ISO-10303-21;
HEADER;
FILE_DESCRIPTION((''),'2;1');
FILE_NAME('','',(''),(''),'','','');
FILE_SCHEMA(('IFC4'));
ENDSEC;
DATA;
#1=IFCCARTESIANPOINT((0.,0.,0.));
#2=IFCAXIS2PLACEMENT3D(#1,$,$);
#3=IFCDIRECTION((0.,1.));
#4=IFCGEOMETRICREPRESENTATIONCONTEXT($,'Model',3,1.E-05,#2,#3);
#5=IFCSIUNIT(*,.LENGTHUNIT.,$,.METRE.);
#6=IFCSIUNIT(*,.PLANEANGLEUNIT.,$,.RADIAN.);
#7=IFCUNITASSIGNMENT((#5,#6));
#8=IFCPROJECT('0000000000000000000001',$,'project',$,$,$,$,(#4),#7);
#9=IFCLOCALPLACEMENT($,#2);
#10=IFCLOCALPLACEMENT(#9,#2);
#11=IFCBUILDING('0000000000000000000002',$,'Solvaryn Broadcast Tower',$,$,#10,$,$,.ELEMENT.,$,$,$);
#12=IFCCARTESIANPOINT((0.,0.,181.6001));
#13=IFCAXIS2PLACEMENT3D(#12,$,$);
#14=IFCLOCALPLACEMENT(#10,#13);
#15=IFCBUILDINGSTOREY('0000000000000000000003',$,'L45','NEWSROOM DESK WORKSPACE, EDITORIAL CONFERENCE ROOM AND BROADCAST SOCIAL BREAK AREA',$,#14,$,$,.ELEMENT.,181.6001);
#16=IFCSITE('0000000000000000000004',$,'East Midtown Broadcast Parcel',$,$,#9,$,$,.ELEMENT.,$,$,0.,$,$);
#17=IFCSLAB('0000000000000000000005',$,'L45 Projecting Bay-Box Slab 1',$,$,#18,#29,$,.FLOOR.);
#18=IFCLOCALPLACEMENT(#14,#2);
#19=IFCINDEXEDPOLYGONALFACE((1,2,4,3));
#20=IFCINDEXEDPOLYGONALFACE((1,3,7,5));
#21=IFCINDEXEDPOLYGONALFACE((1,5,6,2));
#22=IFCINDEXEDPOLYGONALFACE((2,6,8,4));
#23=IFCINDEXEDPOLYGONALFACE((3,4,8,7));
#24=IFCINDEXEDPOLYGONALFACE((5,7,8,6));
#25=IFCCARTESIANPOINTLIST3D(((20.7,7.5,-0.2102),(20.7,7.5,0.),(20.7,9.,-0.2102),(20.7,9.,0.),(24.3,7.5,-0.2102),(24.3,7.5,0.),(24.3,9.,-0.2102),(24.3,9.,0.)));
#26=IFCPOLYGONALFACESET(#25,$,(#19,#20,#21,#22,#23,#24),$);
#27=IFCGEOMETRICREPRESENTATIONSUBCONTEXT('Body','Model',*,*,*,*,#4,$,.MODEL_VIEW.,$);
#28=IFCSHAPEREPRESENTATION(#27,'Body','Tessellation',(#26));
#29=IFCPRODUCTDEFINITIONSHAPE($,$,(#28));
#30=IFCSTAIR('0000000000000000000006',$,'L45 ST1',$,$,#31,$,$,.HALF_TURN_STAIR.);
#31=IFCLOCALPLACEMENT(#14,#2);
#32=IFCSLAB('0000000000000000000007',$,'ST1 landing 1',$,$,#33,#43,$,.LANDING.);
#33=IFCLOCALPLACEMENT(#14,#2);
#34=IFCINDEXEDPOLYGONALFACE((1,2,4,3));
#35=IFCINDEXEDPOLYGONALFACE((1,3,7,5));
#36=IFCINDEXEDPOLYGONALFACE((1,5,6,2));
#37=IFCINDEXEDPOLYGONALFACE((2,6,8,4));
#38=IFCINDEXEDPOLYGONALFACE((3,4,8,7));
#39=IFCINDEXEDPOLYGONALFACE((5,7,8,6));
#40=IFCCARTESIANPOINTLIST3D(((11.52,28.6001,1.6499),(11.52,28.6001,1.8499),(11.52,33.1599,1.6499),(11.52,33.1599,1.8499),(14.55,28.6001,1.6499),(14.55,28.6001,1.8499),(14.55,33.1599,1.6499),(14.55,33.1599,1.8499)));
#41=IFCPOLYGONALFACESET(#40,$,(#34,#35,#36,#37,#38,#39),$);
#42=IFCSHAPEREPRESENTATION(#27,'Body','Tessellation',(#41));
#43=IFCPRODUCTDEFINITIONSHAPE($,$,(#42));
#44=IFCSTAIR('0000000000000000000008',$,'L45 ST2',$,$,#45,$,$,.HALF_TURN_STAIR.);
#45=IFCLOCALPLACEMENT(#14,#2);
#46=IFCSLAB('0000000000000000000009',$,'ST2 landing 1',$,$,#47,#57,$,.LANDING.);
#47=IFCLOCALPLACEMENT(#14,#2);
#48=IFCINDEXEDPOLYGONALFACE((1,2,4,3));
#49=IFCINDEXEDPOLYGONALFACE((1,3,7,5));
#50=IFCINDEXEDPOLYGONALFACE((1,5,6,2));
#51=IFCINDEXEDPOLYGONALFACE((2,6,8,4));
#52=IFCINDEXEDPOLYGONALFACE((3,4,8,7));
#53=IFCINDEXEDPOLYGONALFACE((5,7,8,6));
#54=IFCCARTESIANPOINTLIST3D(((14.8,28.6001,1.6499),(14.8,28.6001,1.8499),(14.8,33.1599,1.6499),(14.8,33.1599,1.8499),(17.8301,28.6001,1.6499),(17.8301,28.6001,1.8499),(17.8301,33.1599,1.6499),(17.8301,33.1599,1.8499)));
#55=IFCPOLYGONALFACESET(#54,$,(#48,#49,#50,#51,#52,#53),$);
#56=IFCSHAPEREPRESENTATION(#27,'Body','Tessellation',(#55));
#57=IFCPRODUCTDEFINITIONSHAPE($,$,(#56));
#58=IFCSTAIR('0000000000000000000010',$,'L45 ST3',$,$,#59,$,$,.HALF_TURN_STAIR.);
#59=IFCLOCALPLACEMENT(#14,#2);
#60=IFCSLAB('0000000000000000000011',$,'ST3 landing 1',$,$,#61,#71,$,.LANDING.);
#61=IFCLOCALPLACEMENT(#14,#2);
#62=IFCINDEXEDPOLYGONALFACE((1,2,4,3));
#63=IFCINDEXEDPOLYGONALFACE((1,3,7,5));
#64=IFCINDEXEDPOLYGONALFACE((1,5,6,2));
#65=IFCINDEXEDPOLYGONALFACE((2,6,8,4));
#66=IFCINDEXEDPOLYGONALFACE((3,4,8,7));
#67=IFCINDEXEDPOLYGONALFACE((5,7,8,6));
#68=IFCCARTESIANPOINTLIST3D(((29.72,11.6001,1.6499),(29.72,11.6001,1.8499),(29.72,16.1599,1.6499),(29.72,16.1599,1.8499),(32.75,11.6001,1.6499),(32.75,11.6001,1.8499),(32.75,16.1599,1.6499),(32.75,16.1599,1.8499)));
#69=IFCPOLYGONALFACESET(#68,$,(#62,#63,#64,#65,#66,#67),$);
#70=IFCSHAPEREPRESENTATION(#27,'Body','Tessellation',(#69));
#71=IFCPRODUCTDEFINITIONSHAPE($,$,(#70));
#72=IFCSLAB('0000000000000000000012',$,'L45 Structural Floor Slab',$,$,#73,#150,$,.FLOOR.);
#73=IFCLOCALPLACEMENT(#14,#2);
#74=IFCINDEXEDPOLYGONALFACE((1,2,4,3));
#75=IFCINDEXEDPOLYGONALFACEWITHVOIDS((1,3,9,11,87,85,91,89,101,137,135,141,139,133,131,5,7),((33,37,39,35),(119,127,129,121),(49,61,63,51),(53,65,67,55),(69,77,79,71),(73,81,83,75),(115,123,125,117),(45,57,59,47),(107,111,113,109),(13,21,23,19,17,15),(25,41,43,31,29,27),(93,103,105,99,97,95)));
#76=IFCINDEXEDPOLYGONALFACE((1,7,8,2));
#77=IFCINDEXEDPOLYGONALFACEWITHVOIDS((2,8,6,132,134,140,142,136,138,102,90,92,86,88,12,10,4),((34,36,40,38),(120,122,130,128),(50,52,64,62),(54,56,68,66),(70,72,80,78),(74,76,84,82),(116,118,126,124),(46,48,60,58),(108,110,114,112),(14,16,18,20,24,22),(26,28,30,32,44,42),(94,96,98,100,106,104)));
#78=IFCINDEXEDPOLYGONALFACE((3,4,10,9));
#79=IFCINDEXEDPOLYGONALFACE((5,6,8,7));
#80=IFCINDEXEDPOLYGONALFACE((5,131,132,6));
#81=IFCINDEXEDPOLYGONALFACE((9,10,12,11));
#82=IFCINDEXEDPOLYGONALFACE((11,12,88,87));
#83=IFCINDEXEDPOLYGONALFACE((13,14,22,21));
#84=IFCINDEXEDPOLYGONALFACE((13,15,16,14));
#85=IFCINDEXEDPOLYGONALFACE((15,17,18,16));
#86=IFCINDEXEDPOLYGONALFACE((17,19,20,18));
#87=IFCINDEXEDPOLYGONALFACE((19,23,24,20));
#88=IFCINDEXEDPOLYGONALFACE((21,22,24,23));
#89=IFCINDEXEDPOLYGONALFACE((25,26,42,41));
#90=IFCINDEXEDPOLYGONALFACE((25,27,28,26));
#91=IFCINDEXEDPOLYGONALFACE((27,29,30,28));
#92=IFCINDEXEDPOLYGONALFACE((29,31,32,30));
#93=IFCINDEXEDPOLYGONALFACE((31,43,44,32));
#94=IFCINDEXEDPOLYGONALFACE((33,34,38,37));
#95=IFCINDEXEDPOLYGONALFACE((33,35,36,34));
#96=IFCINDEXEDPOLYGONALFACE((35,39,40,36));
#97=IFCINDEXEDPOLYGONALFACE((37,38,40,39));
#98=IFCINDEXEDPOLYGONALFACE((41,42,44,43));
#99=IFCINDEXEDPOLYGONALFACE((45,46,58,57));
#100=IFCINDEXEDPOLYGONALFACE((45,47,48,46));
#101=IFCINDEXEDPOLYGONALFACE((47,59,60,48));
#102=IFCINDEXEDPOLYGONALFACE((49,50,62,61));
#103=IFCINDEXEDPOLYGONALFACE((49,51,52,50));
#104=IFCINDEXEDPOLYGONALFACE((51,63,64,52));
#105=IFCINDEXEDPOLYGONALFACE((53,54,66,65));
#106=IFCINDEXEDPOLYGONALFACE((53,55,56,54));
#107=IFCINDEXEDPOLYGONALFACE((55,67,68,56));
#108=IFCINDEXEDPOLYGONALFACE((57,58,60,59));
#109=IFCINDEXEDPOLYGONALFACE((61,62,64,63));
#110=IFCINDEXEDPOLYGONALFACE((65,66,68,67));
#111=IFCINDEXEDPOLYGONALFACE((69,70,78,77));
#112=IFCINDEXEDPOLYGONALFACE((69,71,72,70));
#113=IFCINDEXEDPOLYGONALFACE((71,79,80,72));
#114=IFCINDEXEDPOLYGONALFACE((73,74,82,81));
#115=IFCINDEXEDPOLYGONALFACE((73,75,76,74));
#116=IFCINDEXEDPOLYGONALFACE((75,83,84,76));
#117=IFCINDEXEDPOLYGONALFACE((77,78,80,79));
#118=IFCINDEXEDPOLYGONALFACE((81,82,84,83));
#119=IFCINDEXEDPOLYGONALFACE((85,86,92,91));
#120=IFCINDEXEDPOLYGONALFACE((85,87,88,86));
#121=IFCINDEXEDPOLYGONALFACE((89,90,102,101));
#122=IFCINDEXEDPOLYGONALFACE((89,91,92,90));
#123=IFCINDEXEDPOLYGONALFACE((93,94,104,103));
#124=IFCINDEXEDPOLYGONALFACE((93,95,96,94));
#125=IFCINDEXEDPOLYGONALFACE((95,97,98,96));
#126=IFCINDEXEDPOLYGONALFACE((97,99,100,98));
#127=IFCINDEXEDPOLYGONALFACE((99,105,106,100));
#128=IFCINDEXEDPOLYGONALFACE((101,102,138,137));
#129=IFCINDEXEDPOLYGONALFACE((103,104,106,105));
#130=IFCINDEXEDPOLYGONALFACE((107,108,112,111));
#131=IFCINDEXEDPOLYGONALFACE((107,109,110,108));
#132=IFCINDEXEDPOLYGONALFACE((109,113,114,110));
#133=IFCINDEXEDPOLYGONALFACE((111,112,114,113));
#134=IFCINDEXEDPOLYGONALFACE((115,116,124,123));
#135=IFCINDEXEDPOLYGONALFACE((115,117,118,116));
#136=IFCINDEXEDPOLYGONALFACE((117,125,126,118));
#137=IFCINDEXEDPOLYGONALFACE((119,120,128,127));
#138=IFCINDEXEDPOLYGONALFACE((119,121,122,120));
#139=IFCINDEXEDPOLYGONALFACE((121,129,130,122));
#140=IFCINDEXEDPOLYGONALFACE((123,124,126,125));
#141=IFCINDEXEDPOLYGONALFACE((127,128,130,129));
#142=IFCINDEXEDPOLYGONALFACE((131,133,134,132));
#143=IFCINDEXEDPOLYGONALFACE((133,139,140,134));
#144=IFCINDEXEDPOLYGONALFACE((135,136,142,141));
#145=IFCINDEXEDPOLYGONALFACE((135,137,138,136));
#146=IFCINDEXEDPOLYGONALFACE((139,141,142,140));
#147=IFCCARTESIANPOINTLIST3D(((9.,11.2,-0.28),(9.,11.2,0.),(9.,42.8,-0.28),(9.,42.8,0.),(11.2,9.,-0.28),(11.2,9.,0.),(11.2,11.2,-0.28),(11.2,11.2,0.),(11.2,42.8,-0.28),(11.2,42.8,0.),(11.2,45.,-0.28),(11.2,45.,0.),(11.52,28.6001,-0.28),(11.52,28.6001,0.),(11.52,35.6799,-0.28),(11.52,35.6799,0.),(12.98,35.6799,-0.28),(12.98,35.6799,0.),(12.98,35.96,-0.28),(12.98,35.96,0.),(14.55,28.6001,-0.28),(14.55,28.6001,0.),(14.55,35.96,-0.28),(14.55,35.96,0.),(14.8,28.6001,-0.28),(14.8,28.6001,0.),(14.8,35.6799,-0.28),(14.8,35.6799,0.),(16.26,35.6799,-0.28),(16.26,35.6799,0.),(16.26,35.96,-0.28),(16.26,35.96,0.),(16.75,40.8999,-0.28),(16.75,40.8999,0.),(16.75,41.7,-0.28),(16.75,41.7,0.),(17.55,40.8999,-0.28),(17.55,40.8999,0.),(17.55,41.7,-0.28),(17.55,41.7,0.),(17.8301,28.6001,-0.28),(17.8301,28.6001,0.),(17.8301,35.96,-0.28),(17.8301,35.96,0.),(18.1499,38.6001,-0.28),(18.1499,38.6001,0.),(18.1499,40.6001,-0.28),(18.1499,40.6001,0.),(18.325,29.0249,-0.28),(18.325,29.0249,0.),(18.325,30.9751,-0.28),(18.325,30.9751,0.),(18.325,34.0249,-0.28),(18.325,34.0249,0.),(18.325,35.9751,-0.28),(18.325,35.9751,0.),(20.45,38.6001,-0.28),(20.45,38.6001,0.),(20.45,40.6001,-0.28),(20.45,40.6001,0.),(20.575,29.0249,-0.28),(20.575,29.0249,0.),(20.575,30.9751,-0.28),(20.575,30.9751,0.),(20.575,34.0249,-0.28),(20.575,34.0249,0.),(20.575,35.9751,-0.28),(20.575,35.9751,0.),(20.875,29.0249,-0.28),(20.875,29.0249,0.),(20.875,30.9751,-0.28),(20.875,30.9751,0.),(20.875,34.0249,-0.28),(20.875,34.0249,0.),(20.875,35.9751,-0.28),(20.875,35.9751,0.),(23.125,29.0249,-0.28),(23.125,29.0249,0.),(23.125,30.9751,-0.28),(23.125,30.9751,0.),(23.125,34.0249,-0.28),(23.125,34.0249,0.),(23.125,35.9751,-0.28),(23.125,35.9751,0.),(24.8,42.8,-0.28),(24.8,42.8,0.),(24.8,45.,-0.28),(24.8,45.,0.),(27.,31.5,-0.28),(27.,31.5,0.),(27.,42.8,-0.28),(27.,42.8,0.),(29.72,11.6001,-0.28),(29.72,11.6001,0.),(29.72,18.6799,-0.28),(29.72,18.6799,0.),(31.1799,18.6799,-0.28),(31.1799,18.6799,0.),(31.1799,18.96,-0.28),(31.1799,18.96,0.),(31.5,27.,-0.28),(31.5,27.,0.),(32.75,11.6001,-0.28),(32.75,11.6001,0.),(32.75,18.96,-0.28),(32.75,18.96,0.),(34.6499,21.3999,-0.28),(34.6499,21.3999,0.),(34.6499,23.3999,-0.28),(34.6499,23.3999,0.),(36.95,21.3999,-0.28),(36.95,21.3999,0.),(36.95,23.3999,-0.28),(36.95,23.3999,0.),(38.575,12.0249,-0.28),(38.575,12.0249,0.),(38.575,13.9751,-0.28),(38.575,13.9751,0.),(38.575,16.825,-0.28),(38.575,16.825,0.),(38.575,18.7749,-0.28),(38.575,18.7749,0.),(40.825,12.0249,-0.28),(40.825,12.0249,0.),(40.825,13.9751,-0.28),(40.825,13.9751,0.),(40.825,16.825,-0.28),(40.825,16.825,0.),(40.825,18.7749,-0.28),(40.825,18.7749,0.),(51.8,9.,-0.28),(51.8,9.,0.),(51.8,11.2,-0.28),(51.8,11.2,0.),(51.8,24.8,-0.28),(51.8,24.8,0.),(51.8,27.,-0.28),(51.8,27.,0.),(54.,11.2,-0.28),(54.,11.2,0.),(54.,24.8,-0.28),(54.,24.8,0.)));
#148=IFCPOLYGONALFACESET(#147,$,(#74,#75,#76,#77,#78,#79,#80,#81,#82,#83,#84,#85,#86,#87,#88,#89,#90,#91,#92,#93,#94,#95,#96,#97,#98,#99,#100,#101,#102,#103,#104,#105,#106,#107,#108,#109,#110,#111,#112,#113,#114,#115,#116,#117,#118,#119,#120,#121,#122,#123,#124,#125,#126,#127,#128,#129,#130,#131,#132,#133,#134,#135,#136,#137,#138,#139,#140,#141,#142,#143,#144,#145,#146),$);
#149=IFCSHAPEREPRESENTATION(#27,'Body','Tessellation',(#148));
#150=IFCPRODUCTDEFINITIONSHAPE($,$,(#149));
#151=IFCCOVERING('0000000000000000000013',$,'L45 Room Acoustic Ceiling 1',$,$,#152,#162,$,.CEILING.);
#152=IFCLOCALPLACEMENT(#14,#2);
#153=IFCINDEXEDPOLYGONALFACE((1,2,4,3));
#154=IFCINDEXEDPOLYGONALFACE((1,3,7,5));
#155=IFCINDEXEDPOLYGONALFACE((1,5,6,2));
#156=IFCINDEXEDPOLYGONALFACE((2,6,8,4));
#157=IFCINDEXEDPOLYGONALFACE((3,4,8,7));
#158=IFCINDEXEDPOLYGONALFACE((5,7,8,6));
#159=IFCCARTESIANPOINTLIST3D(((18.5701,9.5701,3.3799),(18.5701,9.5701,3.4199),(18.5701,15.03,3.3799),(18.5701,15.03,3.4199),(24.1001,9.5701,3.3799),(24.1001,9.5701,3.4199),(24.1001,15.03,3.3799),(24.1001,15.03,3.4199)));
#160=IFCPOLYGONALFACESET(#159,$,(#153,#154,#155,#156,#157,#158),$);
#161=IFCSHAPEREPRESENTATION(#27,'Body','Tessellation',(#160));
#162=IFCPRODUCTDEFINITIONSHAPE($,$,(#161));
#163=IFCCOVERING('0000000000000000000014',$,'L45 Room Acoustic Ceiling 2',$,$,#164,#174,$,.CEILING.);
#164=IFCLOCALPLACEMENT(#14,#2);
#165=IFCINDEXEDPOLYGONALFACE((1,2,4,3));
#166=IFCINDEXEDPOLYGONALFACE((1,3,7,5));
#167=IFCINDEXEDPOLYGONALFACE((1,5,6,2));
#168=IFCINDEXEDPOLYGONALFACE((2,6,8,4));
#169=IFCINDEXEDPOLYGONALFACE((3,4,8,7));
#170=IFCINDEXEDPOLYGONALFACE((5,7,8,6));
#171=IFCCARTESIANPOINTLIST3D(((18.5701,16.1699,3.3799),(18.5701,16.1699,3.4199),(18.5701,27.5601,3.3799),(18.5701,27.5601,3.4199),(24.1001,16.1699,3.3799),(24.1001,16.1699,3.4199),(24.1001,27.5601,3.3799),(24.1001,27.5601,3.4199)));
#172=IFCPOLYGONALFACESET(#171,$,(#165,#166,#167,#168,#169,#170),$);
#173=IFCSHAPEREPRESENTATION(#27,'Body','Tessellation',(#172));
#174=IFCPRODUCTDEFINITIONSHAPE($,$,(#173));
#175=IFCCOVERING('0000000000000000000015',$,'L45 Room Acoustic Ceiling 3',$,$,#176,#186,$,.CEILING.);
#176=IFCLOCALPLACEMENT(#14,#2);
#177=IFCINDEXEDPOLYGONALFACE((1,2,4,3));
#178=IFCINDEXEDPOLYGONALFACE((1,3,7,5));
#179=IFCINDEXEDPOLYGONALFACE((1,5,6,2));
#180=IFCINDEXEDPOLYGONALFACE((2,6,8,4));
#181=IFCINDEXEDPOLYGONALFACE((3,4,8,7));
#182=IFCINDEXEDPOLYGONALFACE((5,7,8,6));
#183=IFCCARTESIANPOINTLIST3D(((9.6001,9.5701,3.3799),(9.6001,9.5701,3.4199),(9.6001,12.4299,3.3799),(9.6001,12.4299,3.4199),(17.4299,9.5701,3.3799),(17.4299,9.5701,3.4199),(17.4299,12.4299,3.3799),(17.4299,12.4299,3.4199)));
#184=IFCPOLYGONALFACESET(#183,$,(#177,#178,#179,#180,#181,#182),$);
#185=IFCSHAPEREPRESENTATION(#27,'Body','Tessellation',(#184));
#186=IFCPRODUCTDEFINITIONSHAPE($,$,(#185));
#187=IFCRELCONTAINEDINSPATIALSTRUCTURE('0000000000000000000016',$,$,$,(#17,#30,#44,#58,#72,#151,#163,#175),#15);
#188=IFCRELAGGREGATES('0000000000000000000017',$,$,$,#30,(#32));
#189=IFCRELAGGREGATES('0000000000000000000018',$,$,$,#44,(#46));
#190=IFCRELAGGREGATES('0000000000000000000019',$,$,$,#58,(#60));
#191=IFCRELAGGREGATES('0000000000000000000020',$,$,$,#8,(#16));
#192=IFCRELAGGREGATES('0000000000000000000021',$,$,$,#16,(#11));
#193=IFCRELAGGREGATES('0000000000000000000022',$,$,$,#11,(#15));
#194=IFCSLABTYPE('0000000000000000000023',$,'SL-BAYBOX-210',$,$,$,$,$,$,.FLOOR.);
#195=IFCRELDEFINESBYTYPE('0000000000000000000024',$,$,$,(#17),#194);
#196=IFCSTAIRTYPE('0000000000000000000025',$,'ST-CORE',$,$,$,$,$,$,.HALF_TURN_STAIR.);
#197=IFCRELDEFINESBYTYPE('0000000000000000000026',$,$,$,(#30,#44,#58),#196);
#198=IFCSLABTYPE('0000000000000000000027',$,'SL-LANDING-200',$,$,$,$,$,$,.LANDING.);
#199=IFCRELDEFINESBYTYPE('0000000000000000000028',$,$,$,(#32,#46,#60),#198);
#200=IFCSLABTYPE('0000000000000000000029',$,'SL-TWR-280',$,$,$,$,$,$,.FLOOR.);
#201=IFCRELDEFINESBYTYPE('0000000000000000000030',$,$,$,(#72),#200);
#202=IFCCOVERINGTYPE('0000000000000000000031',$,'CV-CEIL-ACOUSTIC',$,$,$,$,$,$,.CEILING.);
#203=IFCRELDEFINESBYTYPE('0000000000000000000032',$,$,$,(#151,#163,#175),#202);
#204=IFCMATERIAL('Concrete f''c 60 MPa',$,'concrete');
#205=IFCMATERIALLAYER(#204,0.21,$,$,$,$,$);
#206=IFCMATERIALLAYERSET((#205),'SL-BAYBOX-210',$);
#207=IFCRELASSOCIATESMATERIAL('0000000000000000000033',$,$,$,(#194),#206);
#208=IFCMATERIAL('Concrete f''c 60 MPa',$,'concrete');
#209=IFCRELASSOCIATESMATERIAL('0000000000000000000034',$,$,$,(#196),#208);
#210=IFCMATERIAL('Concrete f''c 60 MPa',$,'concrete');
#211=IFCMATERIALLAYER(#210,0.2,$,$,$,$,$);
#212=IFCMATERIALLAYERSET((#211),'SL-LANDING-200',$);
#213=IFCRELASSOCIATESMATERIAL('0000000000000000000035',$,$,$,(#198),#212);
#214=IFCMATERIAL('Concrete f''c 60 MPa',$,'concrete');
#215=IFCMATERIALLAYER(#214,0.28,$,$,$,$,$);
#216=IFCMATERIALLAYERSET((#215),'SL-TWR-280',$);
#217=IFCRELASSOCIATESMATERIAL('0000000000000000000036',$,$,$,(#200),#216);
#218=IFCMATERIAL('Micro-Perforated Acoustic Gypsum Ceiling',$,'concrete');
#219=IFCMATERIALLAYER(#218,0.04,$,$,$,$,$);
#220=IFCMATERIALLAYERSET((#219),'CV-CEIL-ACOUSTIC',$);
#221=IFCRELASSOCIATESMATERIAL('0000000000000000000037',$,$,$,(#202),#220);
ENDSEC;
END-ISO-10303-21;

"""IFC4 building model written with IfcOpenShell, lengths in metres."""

from ifc_helpers import new_model, si_unit, direction, frame, origin, place, context, subcontext, project, spatial, polyline, outline, extrude, material, layer, layer_set, type_object, element, aggregate, save


model = new_model("IFC4")

# Units and contexts
model_context = context("Model", 3, precision=1e-05, world=origin(), true_north=direction((0.0, 1.0)))
body_context = subcontext(model_context, "Body", "Model", "MODEL_VIEW")
ifc_project = project(units=[si_unit("LENGTHUNIT", "METRE"), si_unit("PLANEANGLEUNIT", "RADIAN")], contexts=[model_context])

# Site, building, storey
site_placement = place(None, origin())
site = spatial("IfcSite", under=ifc_project, at=site_placement, Name="East Midtown Broadcast Parcel", CompositionType="ELEMENT", RefElevation=0.0)
building_placement = place(site_placement, origin())
building = spatial("IfcBuilding", under=site, at=building_placement, Name="Solvaryn Broadcast Tower", CompositionType="ELEMENT")
storey_placement = place(building_placement, frame((0.0, 0.0, 181.6001)))
storey = spatial("IfcBuildingStorey", under=building, at=storey_placement, Name="L45", Description="NEWSROOM DESK WORKSPACE, EDITORIAL CONFERENCE ROOM AND BROADCAST SOCIAL BREAK AREA", CompositionType="ELEMENT", Elevation=181.6001)

# Slab
ifc_material_1 = material(Name="Concrete f'c 60 MPa", Category="concrete")
ifc_layer_1 = layer(ifc_material_1, 0.21)
ifc_layer_set_1 = layer_set([ifc_layer_1], Name="SL-BAYBOX-210")
slab_type_1 = type_object("IfcSlabType", Name="SL-BAYBOX-210", PredefinedType="FLOOR", material=ifc_layer_set_1)
slab_1_placement = place(storey_placement, frame((0.0, 0.0, -0.2102)))
element("IfcSlab", 1, at=slab_1_placement, inside=storey, type_object=slab_type_1, Name="L45 Projecting Bay-Box Slab 1", PredefinedType="FLOOR", context=body_context, shape_type="SweptSolid", body=[
    extrude(outline(polyline([(20.7, 7.5), (24.3, 7.5), (24.3, 9.0), (20.7, 9.0), (20.7, 7.5)])), origin(), (0.0, 0.0, 1.0), 0.2102),
])

# Stairs, slabs
ifc_material_2 = material(Name="Concrete f'c 60 MPa", Category="concrete")
stair_type = type_object("IfcStairType", Name="ST-CORE", PredefinedType="HALF_TURN_STAIR", material=ifc_material_2)
stair_1_placement = place(storey_placement, origin())
stair_1 = element("IfcStair", 2, at=stair_1_placement, inside=storey, type_object=stair_type, Name="L45 ST1", PredefinedType="HALF_TURN_STAIR")
ifc_material_3 = material(Name="Concrete f'c 60 MPa", Category="concrete")
ifc_layer_2 = layer(ifc_material_3, 0.2)
ifc_layer_set_2 = layer_set([ifc_layer_2], Name="SL-LANDING-200")
slab_type_2 = type_object("IfcSlabType", Name="SL-LANDING-200", PredefinedType="LANDING", material=ifc_layer_set_2)
slab_2_placement = place(storey_placement, frame((0.0, 0.0, 1.6499)))
slab_2 = element("IfcSlab", 3, at=slab_2_placement, type_object=slab_type_2, Name="ST1 landing 1", PredefinedType="LANDING", context=body_context, shape_type="SweptSolid", body=[
    extrude(outline(polyline([(11.52, 33.1599), (11.52, 28.6001), (14.55, 28.6001), (14.55, 33.1599), (11.52, 33.1599)])), origin(), (0.0, 0.0, 1.0), 0.2),
])
aggregate(stair_1, [slab_2])
stair_2_placement = place(storey_placement, origin())
stair_2 = element("IfcStair", 4, at=stair_2_placement, inside=storey, type_object=stair_type, Name="L45 ST2", PredefinedType="HALF_TURN_STAIR")
slab_3_placement = place(storey_placement, frame((0.0, 0.0, 1.6499)))
slab_3 = element("IfcSlab", 5, at=slab_3_placement, type_object=slab_type_2, Name="ST2 landing 1", PredefinedType="LANDING", context=body_context, shape_type="SweptSolid", body=[
    extrude(outline(polyline([(14.8, 33.1599), (14.8, 28.6001), (17.8301, 28.6001), (17.8301, 33.1599), (14.8, 33.1599)])), origin(), (0.0, 0.0, 1.0), 0.2),
])
aggregate(stair_2, [slab_3])
stair_3_placement = place(storey_placement, origin())
stair_3 = element("IfcStair", 6, at=stair_3_placement, inside=storey, type_object=stair_type, Name="L45 ST3", PredefinedType="HALF_TURN_STAIR")
slab_4_placement = place(storey_placement, frame((0.0, 0.0, 1.6499)))
slab_4 = element("IfcSlab", 7, at=slab_4_placement, type_object=slab_type_2, Name="ST3 landing 1", PredefinedType="LANDING", context=body_context, shape_type="SweptSolid", body=[
    extrude(outline(polyline([(29.72, 16.1599), (29.72, 11.6001), (32.75, 11.6001), (32.75, 16.1599), (29.72, 16.1599)])), origin(), (0.0, 0.0, 1.0), 0.2),
])
aggregate(stair_3, [slab_4])

# Slab
ifc_material_4 = material(Name="Concrete f'c 60 MPa", Category="concrete")
ifc_layer_3 = layer(ifc_material_4, 0.28)
ifc_layer_set_3 = layer_set([ifc_layer_3], Name="SL-TWR-280")
slab_type_3 = type_object("IfcSlabType", Name="SL-TWR-280", PredefinedType="FLOOR", material=ifc_layer_set_3)
slab_5_placement = place(storey_placement, frame((0.0, 0.0, -0.28)))
element("IfcSlab", 8, at=slab_5_placement, inside=storey, type_object=slab_type_3, Name="L45 Structural Floor Slab", PredefinedType="FLOOR", context=body_context, shape_type="SweptSolid", body=[
    extrude(outline(polyline([(11.2, 9.0), (51.8, 9.0), (51.8, 11.2), (54.0, 11.2), (54.0, 24.8), (51.8, 24.8), (51.8, 27.0), (31.5, 27.0), (27.0, 31.5), (27.0, 42.8), (24.8, 42.8), (24.8, 45.0), (11.2, 45.0), (11.2, 42.8), (9.0, 42.8), (9.0, 11.2), (11.2, 11.2), (11.2, 9.0)]), holes=[polyline([(11.52, 28.6001), (14.55, 28.6001), (14.55, 35.96), (12.98, 35.96), (12.98, 35.6799), (11.52, 35.6799), (11.52, 28.6001)]), polyline([(14.8, 28.6001), (17.8301, 28.6001), (17.8301, 35.96), (16.26, 35.96), (16.26, 35.6799), (14.8, 35.6799), (14.8, 28.6001)]), polyline([(29.72, 11.6001), (32.75, 11.6001), (32.75, 18.96), (31.1799, 18.96), (31.1799, 18.6799), (29.72, 18.6799), (29.72, 11.6001)]), polyline([(18.1499, 38.6001), (20.45, 38.6001), (20.45, 40.6001), (18.1499, 40.6001), (18.1499, 38.6001)]), polyline([(18.325, 29.0249), (20.575, 29.0249), (20.575, 30.9751), (18.325, 30.9751), (18.325, 29.0249)]), polyline([(20.875, 29.0249), (23.125, 29.0249), (23.125, 30.9751), (20.875, 30.9751), (20.875, 29.0249)]), polyline([(18.325, 34.0249), (20.575, 34.0249), (20.575, 35.9751), (18.325, 35.9751), (18.325, 34.0249)]), polyline([(20.875, 34.0249), (23.125, 34.0249), (23.125, 35.9751), (20.875, 35.9751), (20.875, 34.0249)]), polyline([(34.6499, 21.3999), (36.95, 21.3999), (36.95, 23.3999), (34.6499, 23.3999), (34.6499, 21.3999)]), polyline([(38.575, 12.0249), (40.825, 12.0249), (40.825, 13.9751), (38.575, 13.9751), (38.575, 12.0249)]), polyline([(38.575, 16.825), (40.825, 16.825), (40.825, 18.7749), (38.575, 18.7749), (38.575, 16.825)]), polyline([(16.75, 40.8999), (17.55, 40.8999), (17.55, 41.7), (16.75, 41.7), (16.75, 40.8999)])]), origin(), (0.0, 0.0, 1.0), 0.28),
])

# Coverings
ifc_material_5 = material(Name="Micro-Perforated Acoustic Gypsum Ceiling", Category="concrete")
ifc_layer_4 = layer(ifc_material_5, 0.04)
ifc_layer_set_4 = layer_set([ifc_layer_4], Name="CV-CEIL-ACOUSTIC")
covering_type_1 = type_object("IfcCoveringType", Name="CV-CEIL-ACOUSTIC", PredefinedType="CEILING", material=ifc_layer_set_4)
covering_1_placement = place(storey_placement, frame((0.0, 0.0, 3.3799)))
element("IfcCovering", 9, at=covering_1_placement, inside=storey, type_object=covering_type_1, Name="L45 Room Acoustic Ceiling 1", PredefinedType="CEILING", context=body_context, shape_type="SweptSolid", body=[
    extrude(outline(polyline([(18.5701, 9.5701), (24.1001, 9.5701), (24.1001, 15.03), (18.5701, 15.03), (18.5701, 9.5701)])), origin(), (0.0, 0.0, 1.0), 0.04),
])
covering_2_placement = place(storey_placement, frame((0.0, 0.0, 3.3799)))
element("IfcCovering", 10, at=covering_2_placement, inside=storey, type_object=covering_type_1, Name="L45 Room Acoustic Ceiling 2", PredefinedType="CEILING", context=body_context, shape_type="SweptSolid", body=[
    extrude(outline(polyline([(18.5701, 16.1699), (24.1001, 16.1699), (24.1001, 27.5601), (18.5701, 27.5601), (18.5701, 16.1699)])), origin(), (0.0, 0.0, 1.0), 0.04),
])
covering_3_placement = place(storey_placement, frame((0.0, 0.0, 3.3799)))
element("IfcCovering", 11, at=covering_3_placement, inside=storey, type_object=covering_type_1, Name="L45 Room Acoustic Ceiling 3", PredefinedType="CEILING", context=body_context, shape_type="SweptSolid", body=[
    extrude(outline(polyline([(9.6001, 9.5701), (17.4299, 9.5701), (17.4299, 12.4299), (9.6001, 12.4299), (9.6001, 9.5701)])), origin(), (0.0, 0.0, 1.0), 0.04),
])

save(model, "model.ifc")
